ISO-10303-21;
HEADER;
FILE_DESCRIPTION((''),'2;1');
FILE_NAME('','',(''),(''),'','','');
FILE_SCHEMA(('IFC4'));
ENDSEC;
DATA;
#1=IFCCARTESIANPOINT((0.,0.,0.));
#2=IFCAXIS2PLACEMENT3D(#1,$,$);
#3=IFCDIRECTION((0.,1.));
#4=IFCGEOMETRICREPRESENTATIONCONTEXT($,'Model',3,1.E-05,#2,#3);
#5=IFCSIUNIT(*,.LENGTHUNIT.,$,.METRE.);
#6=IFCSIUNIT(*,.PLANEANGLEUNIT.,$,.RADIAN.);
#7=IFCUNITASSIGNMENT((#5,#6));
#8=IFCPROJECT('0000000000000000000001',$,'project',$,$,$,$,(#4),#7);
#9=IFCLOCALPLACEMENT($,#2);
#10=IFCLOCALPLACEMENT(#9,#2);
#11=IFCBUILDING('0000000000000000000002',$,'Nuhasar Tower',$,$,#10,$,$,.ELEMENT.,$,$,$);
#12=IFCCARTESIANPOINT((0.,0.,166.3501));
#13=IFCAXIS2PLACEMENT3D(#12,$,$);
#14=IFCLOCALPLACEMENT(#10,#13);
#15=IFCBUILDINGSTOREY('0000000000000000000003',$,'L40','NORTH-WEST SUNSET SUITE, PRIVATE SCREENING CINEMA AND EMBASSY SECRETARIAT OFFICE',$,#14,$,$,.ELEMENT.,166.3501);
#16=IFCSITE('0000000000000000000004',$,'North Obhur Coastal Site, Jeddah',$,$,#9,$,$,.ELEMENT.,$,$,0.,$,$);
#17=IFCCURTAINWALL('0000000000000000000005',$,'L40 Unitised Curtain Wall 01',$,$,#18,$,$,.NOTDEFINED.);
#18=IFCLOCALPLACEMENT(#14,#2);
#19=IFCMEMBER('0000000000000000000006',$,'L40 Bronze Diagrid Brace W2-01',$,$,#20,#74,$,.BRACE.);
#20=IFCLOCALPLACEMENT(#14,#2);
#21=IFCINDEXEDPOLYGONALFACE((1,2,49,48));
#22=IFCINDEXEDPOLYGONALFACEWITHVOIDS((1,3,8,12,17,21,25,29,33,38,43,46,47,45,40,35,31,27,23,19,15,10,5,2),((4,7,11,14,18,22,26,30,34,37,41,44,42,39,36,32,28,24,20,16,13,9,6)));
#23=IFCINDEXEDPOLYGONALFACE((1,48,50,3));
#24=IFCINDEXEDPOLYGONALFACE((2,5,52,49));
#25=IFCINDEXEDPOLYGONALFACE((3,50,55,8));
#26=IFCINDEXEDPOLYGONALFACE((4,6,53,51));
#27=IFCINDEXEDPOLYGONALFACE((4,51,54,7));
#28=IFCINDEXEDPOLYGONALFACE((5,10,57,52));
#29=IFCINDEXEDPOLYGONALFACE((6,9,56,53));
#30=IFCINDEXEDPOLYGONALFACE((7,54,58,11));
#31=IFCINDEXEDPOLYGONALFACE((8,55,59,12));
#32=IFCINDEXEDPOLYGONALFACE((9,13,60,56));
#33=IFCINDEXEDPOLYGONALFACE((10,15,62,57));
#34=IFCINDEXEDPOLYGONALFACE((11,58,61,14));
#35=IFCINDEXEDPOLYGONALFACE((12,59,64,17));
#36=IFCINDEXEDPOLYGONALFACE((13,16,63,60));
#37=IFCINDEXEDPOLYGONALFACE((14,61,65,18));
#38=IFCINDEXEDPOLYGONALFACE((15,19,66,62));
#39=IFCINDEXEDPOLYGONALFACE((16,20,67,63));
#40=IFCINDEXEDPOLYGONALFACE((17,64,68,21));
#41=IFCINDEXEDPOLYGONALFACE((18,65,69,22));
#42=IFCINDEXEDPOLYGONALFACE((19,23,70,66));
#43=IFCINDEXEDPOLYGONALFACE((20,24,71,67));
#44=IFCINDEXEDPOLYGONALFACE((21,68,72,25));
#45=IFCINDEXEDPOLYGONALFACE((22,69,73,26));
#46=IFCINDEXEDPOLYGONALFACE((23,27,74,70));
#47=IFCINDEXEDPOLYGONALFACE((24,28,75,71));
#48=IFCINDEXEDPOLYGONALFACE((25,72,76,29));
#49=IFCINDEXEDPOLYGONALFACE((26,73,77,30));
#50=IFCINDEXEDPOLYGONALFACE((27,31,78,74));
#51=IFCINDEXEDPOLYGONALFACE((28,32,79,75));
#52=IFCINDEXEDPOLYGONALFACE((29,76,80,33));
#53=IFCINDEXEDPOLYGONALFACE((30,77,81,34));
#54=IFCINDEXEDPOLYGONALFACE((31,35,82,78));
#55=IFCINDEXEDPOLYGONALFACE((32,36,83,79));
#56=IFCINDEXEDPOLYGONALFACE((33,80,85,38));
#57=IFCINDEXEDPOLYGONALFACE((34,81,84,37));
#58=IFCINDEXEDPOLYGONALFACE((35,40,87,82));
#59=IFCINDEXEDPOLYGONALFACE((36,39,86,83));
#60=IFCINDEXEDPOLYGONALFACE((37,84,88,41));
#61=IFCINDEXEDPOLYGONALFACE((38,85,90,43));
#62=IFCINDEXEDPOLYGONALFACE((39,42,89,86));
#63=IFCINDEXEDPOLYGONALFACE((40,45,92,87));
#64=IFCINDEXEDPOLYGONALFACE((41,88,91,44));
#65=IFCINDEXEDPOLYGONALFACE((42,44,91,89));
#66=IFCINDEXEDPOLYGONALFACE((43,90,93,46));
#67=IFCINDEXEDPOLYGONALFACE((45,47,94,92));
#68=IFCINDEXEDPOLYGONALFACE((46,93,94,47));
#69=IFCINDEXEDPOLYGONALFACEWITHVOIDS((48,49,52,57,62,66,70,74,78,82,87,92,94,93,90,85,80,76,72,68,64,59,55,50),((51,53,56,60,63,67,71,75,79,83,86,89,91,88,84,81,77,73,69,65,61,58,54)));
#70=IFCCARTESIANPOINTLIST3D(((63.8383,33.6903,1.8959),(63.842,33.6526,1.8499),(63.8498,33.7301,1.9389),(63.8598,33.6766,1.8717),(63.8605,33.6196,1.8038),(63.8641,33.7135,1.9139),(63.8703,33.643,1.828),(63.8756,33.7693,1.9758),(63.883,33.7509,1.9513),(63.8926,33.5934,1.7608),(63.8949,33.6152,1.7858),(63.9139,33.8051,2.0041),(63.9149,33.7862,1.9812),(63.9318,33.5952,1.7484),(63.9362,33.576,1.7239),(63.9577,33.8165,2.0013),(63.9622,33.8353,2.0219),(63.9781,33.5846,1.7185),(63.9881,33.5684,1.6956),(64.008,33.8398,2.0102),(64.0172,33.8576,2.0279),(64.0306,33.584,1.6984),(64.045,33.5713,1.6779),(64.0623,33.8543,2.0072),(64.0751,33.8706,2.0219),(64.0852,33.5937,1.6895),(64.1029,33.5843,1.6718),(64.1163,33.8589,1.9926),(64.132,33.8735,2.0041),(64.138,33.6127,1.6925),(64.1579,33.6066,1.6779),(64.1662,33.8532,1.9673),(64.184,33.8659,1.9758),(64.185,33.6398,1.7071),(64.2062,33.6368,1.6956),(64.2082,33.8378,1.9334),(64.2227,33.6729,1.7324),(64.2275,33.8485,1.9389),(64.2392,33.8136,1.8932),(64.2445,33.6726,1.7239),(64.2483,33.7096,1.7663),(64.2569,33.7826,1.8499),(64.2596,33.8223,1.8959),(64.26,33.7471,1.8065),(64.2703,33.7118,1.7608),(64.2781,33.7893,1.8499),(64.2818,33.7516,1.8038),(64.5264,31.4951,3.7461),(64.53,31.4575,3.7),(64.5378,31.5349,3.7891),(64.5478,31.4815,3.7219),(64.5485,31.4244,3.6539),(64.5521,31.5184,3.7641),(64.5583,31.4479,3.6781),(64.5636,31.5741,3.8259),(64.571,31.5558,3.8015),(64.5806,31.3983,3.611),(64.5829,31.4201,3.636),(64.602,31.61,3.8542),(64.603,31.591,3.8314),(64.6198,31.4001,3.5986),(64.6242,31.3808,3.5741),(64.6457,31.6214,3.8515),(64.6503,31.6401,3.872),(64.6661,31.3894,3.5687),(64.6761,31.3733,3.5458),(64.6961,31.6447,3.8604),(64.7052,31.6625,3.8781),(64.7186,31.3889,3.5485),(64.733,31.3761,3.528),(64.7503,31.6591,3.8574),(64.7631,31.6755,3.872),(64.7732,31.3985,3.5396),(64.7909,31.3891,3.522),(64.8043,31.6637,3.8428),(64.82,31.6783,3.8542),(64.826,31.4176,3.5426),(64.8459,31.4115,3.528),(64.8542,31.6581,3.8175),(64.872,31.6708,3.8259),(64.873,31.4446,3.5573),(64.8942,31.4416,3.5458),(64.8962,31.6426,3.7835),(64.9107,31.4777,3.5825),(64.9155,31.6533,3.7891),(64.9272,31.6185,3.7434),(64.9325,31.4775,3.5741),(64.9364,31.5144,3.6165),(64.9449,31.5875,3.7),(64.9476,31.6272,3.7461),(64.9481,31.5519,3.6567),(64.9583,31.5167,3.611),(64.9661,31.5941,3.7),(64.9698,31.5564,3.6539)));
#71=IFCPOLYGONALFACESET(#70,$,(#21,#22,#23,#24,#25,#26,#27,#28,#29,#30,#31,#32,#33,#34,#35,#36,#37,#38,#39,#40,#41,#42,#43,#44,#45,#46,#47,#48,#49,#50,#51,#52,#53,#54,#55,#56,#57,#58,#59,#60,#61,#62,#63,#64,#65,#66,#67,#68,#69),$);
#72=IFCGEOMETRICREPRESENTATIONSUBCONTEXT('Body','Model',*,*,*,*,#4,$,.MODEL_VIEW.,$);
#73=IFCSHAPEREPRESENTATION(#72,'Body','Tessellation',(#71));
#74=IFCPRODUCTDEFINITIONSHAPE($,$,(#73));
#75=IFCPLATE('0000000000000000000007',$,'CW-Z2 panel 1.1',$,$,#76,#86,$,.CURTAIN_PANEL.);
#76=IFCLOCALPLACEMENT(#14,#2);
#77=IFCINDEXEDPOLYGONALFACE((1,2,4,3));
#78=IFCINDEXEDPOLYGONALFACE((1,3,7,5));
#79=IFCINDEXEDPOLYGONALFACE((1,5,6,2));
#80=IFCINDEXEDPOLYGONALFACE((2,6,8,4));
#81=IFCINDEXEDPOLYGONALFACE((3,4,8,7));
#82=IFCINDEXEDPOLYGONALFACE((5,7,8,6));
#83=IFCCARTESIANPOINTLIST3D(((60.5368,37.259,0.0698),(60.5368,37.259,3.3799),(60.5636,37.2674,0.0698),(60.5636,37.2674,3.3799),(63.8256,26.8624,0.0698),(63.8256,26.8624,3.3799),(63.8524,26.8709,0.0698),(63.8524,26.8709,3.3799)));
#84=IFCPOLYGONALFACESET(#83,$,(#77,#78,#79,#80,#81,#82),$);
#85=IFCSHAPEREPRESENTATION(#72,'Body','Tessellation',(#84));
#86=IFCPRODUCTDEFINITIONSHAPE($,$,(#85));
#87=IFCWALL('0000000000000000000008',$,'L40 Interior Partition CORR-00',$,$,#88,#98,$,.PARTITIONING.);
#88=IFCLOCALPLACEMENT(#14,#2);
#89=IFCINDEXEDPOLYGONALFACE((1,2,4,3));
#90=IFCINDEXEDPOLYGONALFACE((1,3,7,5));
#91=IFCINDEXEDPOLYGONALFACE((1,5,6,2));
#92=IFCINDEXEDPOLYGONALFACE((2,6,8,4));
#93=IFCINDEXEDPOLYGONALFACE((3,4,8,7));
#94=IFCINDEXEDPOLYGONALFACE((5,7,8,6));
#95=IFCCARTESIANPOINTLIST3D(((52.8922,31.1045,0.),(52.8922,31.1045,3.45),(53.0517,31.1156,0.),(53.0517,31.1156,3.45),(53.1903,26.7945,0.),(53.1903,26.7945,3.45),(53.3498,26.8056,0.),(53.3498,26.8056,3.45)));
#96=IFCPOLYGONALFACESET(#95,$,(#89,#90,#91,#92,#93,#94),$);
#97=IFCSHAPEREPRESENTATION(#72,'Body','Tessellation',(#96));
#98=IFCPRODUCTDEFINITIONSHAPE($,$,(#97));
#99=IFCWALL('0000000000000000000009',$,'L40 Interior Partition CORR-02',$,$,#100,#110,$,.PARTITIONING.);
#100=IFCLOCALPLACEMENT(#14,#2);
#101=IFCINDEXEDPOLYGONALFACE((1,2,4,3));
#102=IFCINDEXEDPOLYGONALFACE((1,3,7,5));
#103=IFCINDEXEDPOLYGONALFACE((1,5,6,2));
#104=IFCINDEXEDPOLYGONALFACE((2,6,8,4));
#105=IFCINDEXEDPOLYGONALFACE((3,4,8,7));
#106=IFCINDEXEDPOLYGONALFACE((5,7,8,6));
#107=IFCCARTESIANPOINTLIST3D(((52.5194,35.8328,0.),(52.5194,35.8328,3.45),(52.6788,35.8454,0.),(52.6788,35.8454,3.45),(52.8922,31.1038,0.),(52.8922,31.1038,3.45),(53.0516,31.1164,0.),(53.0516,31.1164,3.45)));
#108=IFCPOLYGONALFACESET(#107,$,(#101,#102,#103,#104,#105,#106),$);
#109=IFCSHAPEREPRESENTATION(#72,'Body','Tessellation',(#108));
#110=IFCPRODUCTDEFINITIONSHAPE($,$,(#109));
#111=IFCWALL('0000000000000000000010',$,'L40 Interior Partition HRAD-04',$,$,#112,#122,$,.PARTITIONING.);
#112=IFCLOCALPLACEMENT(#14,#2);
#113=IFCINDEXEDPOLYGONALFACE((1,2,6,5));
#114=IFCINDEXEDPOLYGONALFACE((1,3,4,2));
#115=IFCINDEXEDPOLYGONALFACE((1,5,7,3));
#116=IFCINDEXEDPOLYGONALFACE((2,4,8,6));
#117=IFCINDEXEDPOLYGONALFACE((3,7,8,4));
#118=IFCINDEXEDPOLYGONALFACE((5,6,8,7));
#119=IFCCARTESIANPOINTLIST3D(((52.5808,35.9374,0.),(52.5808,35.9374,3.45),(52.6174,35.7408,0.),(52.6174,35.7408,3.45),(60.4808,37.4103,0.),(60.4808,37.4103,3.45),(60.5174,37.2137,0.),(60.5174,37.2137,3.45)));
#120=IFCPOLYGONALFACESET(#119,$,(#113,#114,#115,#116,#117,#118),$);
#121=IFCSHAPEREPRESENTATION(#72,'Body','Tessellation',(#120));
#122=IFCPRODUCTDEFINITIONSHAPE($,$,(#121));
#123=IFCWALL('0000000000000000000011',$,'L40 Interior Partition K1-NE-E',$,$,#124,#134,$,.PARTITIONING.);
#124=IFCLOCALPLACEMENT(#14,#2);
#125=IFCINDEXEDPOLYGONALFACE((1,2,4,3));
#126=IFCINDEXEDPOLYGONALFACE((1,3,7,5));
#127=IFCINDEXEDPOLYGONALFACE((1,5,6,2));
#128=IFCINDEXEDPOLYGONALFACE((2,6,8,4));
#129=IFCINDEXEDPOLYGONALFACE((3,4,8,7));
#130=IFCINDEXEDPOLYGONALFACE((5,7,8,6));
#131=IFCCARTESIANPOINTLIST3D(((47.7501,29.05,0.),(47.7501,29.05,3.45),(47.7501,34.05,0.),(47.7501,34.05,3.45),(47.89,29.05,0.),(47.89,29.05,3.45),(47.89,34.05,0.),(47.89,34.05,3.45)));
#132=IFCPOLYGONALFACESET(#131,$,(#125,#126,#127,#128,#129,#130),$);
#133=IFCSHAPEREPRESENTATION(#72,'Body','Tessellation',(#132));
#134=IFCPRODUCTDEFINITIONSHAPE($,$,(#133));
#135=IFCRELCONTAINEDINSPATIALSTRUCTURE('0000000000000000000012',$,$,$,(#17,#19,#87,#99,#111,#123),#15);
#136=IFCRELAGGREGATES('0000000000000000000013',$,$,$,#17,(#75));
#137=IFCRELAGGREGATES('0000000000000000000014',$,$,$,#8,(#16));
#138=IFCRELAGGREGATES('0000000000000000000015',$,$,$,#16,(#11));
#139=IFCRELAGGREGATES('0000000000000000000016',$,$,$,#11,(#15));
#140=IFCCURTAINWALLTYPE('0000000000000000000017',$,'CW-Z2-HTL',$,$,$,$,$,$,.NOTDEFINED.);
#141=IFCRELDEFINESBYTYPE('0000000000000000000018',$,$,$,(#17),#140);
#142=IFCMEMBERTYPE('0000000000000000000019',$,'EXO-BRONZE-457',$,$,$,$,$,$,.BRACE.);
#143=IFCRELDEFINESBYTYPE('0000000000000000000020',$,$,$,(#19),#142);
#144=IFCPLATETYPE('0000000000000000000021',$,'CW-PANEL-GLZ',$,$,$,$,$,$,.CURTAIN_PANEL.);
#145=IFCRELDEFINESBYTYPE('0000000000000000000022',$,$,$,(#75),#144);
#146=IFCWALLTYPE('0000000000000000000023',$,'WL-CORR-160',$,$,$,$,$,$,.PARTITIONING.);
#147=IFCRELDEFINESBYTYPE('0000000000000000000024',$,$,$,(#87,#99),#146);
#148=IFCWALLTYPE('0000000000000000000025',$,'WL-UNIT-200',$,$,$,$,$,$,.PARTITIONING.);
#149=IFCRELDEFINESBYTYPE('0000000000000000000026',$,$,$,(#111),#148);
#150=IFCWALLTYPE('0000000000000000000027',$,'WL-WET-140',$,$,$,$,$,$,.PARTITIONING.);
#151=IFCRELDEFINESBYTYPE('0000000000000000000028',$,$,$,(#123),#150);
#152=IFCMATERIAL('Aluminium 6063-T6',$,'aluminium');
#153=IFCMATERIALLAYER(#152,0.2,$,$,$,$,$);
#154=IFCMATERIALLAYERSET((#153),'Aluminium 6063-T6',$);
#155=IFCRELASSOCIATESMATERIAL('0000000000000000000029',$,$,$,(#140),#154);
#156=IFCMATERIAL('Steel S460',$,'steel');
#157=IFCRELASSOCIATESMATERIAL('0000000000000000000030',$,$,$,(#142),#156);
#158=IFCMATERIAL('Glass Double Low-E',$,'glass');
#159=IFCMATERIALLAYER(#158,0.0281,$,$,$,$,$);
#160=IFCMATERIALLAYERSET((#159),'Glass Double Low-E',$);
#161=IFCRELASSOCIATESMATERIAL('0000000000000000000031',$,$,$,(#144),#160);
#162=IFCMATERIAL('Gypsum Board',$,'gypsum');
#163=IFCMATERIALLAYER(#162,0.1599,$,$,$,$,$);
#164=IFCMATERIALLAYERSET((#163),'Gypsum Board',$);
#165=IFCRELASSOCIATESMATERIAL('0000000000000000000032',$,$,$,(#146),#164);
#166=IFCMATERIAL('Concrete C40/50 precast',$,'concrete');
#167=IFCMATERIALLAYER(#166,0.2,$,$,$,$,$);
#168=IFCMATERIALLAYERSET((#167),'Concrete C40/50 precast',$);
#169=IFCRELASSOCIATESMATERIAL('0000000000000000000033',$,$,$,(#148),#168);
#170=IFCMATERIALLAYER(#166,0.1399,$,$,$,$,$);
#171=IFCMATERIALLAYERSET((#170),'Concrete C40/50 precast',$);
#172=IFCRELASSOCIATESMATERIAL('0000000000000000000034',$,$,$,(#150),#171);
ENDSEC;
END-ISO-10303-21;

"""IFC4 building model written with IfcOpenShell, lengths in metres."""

from ifc_helpers import new_model, si_unit, direction, frame, frame_2d, origin, origin_2d, place, context, subcontext, project, spatial, rectangle, hollow_circle, extrude, material, layer, layer_set, material_profile, profile_set, type_object, element, aggregate, save


model = new_model("IFC4")

# Units and contexts
model_context = context("Model", 3, precision=1e-05, world=origin(), true_north=direction((0.0, 1.0)))
body_context = subcontext(model_context, "Body", "Model", "MODEL_VIEW")
ifc_project = project(units=[si_unit("LENGTHUNIT", "METRE"), si_unit("PLANEANGLEUNIT", "RADIAN")], contexts=[model_context])

# Site, building, storey
site_placement = place(None, origin())
site = spatial("IfcSite", under=ifc_project, at=site_placement, Name="North Obhur Coastal Site, Jeddah", CompositionType="ELEMENT", RefElevation=0.0)
building_placement = place(site_placement, origin())
building = spatial("IfcBuilding", under=site, at=building_placement, Name="Nuhasar Tower", CompositionType="ELEMENT")
storey_placement = place(building_placement, frame((0.0, 0.0, 166.3501)))
storey = spatial("IfcBuildingStorey", under=building, at=storey_placement, Name="L40", Description="NORTH-WEST SUNSET SUITE, PRIVATE SCREENING CINEMA AND EMBASSY SECRETARIAT OFFICE", CompositionType="ELEMENT", Elevation=166.3501)

# Curtain wall
ifc_material_1 = material(Name="Aluminium 6063-T6", Category="aluminium")
ifc_layer_1 = layer(ifc_material_1, 0.2)
ifc_layer_set_1 = layer_set([ifc_layer_1], Name="Aluminium 6063-T6")
curtain_wall_type = type_object("IfcCurtainWallType", Name="CW-Z2-HTL", PredefinedType="NOTDEFINED", material=ifc_layer_set_1)
curtain_wall_placement = place(storey_placement, origin())
curtain_wall = element("IfcCurtainWall", 1, at=curtain_wall_placement, inside=storey, type_object=curtain_wall_type, Name="L40 Unitised Curtain Wall 01", PredefinedType="NOTDEFINED")

# Member
ifc_material_2 = material(Name="Steel S460", Category="steel")
ifc_material_profile_1 = material_profile(ifc_material_2, hollow_circle(Radius=0.2285, WallThickness=0.0222, at=origin_2d()), Name="HSS457X22.2")
ifc_profile_set_1 = profile_set([ifc_material_profile_1], Name="Steel S460")
member_type_1 = type_object("IfcMemberType", Name="EXO-BRONZE-457", PredefinedType="BRACE", material=ifc_profile_set_1)
member_1_placement = place(storey_placement, frame((64.0601, 33.7209, 1.8499), z_axis=(0.233056, -0.743578, 0.626719), x_axis=(0.954228, 0.299079, 0.0)))
element("IfcMember", 2, at=member_1_placement, inside=storey, type_object=member_type_1, Name="L40 Bronze Diagrid Brace W2-01", PredefinedType="BRACE", context=body_context, shape_type="SweptSolid", body=[
    extrude(hollow_circle(Radius=0.2285, WallThickness=0.0222, at=origin_2d()), origin(), (0.0, 0.0, 1.0), 2.9521),
])

# Plate
ifc_material_3 = material(Name="Glass Double Low-E", Category="glass")
ifc_layer_2 = layer(ifc_material_3, 0.0281)
ifc_layer_set_2 = layer_set([ifc_layer_2], Name="Glass Double Low-E")
plate_type = type_object("IfcPlateType", Name="CW-PANEL-GLZ", PredefinedType="CURTAIN_PANEL", material=ifc_layer_set_2)
plate_placement = place(storey_placement, frame((62.1946, 32.0649, 0.0698), z_axis=(0.0, 0.0, 1.0), x_axis=(-0.301604, 0.953433, 0.0)))
plate = element("IfcPlate", 3, at=plate_placement, type_object=plate_type, Name="CW-Z2 panel 1.1", PredefinedType="CURTAIN_PANEL", context=body_context, shape_type="SweptSolid", body=[
    extrude(rectangle(XDim=10.9043, YDim=0.0281, at=origin_2d()), origin(), (0.0, 0.0, 1.0), 3.3101),
])
aggregate(curtain_wall, [plate])

# Shared definitions
ifc_material_4 = material(Name="Gypsum Board", Category="gypsum")
ifc_layer_3 = layer(ifc_material_4, 0.1599)
ifc_layer_set_3 = layer_set([ifc_layer_3], Name="Gypsum Board")
wall_type_1 = type_object("IfcWallType", Name="WL-CORR-160", PredefinedType="PARTITIONING", material=ifc_layer_set_3)

# Walls
wall_1_placement = place(storey_placement, frame((53.27, 26.8, 0.0), z_axis=(0.0, 0.0, 1.0), x_axis=(-0.068998, 0.997617, 0.0)))
element("IfcWall", 4, at=wall_1_placement, inside=storey, type_object=wall_type_1, Name="L40 Interior Partition CORR-00", PredefinedType="PARTITIONING", context=body_context, shape_type="SweptSolid", body=[
    extrude(rectangle(XDim=4.3203, YDim=0.1599, at=frame_2d((2.1602, 0.0))), origin(), (0.0, 0.0, 1.0), 3.45),
])
wall_2_placement = place(storey_placement, frame((52.9719, 31.1101, 0.0), z_axis=(0.0, 0.0, 1.0), x_axis=(-0.078589, 0.996907, 0.0)))
element("IfcWall", 5, at=wall_2_placement, inside=storey, type_object=wall_type_1, Name="L40 Interior Partition CORR-02", PredefinedType="PARTITIONING", context=body_context, shape_type="SweptSolid", body=[
    extrude(rectangle(XDim=4.7437, YDim=0.1599, at=frame_2d((2.3718, 0.0))), origin(), (0.0, 0.0, 1.0), 3.45),
])
ifc_material_5 = material(Name="Concrete C40/50 precast", Category="concrete")
ifc_layer_4 = layer(ifc_material_5, 0.2)
ifc_layer_set_4 = layer_set([ifc_layer_4], Name="Concrete C40/50 precast")
wall_type_2 = type_object("IfcWallType", Name="WL-UNIT-200", PredefinedType="PARTITIONING", material=ifc_layer_set_4)
wall_3_placement = place(storey_placement, frame((52.5991, 35.8391, 0.0), z_axis=(0.0, 0.0, 1.0), x_axis=(0.983059, 0.183287, 0.0)))
element("IfcWall", 6, at=wall_3_placement, inside=storey, type_object=wall_type_2, Name="L40 Interior Partition HRAD-04", PredefinedType="PARTITIONING", context=body_context, shape_type="SweptSolid", body=[
    extrude(rectangle(XDim=8.0361, YDim=0.2, at=frame_2d((4.0181, 0.0))), origin(), (0.0, 0.0, 1.0), 3.45),
])
ifc_layer_5 = layer(ifc_material_5, 0.1399)
ifc_layer_set_5 = layer_set([ifc_layer_5], Name="Concrete C40/50 precast")
wall_type_3 = type_object("IfcWallType", Name="WL-WET-140", PredefinedType="PARTITIONING", material=ifc_layer_set_5)
wall_4_placement = place(storey_placement, frame((47.8201, 29.05, 0.0), z_axis=(0.0, 0.0, 1.0), x_axis=(0.0, 1.0, 0.0)))
element("IfcWall", 7, at=wall_4_placement, inside=storey, type_object=wall_type_3, Name="L40 Interior Partition K1-NE-E", PredefinedType="PARTITIONING", context=body_context, shape_type="SweptSolid", body=[
    extrude(rectangle(XDim=5.0, YDim=0.1399, at=frame_2d((2.5, 0.0))), origin(), (0.0, 0.0, 1.0), 3.45),
])

save(model, "model.ifc")
